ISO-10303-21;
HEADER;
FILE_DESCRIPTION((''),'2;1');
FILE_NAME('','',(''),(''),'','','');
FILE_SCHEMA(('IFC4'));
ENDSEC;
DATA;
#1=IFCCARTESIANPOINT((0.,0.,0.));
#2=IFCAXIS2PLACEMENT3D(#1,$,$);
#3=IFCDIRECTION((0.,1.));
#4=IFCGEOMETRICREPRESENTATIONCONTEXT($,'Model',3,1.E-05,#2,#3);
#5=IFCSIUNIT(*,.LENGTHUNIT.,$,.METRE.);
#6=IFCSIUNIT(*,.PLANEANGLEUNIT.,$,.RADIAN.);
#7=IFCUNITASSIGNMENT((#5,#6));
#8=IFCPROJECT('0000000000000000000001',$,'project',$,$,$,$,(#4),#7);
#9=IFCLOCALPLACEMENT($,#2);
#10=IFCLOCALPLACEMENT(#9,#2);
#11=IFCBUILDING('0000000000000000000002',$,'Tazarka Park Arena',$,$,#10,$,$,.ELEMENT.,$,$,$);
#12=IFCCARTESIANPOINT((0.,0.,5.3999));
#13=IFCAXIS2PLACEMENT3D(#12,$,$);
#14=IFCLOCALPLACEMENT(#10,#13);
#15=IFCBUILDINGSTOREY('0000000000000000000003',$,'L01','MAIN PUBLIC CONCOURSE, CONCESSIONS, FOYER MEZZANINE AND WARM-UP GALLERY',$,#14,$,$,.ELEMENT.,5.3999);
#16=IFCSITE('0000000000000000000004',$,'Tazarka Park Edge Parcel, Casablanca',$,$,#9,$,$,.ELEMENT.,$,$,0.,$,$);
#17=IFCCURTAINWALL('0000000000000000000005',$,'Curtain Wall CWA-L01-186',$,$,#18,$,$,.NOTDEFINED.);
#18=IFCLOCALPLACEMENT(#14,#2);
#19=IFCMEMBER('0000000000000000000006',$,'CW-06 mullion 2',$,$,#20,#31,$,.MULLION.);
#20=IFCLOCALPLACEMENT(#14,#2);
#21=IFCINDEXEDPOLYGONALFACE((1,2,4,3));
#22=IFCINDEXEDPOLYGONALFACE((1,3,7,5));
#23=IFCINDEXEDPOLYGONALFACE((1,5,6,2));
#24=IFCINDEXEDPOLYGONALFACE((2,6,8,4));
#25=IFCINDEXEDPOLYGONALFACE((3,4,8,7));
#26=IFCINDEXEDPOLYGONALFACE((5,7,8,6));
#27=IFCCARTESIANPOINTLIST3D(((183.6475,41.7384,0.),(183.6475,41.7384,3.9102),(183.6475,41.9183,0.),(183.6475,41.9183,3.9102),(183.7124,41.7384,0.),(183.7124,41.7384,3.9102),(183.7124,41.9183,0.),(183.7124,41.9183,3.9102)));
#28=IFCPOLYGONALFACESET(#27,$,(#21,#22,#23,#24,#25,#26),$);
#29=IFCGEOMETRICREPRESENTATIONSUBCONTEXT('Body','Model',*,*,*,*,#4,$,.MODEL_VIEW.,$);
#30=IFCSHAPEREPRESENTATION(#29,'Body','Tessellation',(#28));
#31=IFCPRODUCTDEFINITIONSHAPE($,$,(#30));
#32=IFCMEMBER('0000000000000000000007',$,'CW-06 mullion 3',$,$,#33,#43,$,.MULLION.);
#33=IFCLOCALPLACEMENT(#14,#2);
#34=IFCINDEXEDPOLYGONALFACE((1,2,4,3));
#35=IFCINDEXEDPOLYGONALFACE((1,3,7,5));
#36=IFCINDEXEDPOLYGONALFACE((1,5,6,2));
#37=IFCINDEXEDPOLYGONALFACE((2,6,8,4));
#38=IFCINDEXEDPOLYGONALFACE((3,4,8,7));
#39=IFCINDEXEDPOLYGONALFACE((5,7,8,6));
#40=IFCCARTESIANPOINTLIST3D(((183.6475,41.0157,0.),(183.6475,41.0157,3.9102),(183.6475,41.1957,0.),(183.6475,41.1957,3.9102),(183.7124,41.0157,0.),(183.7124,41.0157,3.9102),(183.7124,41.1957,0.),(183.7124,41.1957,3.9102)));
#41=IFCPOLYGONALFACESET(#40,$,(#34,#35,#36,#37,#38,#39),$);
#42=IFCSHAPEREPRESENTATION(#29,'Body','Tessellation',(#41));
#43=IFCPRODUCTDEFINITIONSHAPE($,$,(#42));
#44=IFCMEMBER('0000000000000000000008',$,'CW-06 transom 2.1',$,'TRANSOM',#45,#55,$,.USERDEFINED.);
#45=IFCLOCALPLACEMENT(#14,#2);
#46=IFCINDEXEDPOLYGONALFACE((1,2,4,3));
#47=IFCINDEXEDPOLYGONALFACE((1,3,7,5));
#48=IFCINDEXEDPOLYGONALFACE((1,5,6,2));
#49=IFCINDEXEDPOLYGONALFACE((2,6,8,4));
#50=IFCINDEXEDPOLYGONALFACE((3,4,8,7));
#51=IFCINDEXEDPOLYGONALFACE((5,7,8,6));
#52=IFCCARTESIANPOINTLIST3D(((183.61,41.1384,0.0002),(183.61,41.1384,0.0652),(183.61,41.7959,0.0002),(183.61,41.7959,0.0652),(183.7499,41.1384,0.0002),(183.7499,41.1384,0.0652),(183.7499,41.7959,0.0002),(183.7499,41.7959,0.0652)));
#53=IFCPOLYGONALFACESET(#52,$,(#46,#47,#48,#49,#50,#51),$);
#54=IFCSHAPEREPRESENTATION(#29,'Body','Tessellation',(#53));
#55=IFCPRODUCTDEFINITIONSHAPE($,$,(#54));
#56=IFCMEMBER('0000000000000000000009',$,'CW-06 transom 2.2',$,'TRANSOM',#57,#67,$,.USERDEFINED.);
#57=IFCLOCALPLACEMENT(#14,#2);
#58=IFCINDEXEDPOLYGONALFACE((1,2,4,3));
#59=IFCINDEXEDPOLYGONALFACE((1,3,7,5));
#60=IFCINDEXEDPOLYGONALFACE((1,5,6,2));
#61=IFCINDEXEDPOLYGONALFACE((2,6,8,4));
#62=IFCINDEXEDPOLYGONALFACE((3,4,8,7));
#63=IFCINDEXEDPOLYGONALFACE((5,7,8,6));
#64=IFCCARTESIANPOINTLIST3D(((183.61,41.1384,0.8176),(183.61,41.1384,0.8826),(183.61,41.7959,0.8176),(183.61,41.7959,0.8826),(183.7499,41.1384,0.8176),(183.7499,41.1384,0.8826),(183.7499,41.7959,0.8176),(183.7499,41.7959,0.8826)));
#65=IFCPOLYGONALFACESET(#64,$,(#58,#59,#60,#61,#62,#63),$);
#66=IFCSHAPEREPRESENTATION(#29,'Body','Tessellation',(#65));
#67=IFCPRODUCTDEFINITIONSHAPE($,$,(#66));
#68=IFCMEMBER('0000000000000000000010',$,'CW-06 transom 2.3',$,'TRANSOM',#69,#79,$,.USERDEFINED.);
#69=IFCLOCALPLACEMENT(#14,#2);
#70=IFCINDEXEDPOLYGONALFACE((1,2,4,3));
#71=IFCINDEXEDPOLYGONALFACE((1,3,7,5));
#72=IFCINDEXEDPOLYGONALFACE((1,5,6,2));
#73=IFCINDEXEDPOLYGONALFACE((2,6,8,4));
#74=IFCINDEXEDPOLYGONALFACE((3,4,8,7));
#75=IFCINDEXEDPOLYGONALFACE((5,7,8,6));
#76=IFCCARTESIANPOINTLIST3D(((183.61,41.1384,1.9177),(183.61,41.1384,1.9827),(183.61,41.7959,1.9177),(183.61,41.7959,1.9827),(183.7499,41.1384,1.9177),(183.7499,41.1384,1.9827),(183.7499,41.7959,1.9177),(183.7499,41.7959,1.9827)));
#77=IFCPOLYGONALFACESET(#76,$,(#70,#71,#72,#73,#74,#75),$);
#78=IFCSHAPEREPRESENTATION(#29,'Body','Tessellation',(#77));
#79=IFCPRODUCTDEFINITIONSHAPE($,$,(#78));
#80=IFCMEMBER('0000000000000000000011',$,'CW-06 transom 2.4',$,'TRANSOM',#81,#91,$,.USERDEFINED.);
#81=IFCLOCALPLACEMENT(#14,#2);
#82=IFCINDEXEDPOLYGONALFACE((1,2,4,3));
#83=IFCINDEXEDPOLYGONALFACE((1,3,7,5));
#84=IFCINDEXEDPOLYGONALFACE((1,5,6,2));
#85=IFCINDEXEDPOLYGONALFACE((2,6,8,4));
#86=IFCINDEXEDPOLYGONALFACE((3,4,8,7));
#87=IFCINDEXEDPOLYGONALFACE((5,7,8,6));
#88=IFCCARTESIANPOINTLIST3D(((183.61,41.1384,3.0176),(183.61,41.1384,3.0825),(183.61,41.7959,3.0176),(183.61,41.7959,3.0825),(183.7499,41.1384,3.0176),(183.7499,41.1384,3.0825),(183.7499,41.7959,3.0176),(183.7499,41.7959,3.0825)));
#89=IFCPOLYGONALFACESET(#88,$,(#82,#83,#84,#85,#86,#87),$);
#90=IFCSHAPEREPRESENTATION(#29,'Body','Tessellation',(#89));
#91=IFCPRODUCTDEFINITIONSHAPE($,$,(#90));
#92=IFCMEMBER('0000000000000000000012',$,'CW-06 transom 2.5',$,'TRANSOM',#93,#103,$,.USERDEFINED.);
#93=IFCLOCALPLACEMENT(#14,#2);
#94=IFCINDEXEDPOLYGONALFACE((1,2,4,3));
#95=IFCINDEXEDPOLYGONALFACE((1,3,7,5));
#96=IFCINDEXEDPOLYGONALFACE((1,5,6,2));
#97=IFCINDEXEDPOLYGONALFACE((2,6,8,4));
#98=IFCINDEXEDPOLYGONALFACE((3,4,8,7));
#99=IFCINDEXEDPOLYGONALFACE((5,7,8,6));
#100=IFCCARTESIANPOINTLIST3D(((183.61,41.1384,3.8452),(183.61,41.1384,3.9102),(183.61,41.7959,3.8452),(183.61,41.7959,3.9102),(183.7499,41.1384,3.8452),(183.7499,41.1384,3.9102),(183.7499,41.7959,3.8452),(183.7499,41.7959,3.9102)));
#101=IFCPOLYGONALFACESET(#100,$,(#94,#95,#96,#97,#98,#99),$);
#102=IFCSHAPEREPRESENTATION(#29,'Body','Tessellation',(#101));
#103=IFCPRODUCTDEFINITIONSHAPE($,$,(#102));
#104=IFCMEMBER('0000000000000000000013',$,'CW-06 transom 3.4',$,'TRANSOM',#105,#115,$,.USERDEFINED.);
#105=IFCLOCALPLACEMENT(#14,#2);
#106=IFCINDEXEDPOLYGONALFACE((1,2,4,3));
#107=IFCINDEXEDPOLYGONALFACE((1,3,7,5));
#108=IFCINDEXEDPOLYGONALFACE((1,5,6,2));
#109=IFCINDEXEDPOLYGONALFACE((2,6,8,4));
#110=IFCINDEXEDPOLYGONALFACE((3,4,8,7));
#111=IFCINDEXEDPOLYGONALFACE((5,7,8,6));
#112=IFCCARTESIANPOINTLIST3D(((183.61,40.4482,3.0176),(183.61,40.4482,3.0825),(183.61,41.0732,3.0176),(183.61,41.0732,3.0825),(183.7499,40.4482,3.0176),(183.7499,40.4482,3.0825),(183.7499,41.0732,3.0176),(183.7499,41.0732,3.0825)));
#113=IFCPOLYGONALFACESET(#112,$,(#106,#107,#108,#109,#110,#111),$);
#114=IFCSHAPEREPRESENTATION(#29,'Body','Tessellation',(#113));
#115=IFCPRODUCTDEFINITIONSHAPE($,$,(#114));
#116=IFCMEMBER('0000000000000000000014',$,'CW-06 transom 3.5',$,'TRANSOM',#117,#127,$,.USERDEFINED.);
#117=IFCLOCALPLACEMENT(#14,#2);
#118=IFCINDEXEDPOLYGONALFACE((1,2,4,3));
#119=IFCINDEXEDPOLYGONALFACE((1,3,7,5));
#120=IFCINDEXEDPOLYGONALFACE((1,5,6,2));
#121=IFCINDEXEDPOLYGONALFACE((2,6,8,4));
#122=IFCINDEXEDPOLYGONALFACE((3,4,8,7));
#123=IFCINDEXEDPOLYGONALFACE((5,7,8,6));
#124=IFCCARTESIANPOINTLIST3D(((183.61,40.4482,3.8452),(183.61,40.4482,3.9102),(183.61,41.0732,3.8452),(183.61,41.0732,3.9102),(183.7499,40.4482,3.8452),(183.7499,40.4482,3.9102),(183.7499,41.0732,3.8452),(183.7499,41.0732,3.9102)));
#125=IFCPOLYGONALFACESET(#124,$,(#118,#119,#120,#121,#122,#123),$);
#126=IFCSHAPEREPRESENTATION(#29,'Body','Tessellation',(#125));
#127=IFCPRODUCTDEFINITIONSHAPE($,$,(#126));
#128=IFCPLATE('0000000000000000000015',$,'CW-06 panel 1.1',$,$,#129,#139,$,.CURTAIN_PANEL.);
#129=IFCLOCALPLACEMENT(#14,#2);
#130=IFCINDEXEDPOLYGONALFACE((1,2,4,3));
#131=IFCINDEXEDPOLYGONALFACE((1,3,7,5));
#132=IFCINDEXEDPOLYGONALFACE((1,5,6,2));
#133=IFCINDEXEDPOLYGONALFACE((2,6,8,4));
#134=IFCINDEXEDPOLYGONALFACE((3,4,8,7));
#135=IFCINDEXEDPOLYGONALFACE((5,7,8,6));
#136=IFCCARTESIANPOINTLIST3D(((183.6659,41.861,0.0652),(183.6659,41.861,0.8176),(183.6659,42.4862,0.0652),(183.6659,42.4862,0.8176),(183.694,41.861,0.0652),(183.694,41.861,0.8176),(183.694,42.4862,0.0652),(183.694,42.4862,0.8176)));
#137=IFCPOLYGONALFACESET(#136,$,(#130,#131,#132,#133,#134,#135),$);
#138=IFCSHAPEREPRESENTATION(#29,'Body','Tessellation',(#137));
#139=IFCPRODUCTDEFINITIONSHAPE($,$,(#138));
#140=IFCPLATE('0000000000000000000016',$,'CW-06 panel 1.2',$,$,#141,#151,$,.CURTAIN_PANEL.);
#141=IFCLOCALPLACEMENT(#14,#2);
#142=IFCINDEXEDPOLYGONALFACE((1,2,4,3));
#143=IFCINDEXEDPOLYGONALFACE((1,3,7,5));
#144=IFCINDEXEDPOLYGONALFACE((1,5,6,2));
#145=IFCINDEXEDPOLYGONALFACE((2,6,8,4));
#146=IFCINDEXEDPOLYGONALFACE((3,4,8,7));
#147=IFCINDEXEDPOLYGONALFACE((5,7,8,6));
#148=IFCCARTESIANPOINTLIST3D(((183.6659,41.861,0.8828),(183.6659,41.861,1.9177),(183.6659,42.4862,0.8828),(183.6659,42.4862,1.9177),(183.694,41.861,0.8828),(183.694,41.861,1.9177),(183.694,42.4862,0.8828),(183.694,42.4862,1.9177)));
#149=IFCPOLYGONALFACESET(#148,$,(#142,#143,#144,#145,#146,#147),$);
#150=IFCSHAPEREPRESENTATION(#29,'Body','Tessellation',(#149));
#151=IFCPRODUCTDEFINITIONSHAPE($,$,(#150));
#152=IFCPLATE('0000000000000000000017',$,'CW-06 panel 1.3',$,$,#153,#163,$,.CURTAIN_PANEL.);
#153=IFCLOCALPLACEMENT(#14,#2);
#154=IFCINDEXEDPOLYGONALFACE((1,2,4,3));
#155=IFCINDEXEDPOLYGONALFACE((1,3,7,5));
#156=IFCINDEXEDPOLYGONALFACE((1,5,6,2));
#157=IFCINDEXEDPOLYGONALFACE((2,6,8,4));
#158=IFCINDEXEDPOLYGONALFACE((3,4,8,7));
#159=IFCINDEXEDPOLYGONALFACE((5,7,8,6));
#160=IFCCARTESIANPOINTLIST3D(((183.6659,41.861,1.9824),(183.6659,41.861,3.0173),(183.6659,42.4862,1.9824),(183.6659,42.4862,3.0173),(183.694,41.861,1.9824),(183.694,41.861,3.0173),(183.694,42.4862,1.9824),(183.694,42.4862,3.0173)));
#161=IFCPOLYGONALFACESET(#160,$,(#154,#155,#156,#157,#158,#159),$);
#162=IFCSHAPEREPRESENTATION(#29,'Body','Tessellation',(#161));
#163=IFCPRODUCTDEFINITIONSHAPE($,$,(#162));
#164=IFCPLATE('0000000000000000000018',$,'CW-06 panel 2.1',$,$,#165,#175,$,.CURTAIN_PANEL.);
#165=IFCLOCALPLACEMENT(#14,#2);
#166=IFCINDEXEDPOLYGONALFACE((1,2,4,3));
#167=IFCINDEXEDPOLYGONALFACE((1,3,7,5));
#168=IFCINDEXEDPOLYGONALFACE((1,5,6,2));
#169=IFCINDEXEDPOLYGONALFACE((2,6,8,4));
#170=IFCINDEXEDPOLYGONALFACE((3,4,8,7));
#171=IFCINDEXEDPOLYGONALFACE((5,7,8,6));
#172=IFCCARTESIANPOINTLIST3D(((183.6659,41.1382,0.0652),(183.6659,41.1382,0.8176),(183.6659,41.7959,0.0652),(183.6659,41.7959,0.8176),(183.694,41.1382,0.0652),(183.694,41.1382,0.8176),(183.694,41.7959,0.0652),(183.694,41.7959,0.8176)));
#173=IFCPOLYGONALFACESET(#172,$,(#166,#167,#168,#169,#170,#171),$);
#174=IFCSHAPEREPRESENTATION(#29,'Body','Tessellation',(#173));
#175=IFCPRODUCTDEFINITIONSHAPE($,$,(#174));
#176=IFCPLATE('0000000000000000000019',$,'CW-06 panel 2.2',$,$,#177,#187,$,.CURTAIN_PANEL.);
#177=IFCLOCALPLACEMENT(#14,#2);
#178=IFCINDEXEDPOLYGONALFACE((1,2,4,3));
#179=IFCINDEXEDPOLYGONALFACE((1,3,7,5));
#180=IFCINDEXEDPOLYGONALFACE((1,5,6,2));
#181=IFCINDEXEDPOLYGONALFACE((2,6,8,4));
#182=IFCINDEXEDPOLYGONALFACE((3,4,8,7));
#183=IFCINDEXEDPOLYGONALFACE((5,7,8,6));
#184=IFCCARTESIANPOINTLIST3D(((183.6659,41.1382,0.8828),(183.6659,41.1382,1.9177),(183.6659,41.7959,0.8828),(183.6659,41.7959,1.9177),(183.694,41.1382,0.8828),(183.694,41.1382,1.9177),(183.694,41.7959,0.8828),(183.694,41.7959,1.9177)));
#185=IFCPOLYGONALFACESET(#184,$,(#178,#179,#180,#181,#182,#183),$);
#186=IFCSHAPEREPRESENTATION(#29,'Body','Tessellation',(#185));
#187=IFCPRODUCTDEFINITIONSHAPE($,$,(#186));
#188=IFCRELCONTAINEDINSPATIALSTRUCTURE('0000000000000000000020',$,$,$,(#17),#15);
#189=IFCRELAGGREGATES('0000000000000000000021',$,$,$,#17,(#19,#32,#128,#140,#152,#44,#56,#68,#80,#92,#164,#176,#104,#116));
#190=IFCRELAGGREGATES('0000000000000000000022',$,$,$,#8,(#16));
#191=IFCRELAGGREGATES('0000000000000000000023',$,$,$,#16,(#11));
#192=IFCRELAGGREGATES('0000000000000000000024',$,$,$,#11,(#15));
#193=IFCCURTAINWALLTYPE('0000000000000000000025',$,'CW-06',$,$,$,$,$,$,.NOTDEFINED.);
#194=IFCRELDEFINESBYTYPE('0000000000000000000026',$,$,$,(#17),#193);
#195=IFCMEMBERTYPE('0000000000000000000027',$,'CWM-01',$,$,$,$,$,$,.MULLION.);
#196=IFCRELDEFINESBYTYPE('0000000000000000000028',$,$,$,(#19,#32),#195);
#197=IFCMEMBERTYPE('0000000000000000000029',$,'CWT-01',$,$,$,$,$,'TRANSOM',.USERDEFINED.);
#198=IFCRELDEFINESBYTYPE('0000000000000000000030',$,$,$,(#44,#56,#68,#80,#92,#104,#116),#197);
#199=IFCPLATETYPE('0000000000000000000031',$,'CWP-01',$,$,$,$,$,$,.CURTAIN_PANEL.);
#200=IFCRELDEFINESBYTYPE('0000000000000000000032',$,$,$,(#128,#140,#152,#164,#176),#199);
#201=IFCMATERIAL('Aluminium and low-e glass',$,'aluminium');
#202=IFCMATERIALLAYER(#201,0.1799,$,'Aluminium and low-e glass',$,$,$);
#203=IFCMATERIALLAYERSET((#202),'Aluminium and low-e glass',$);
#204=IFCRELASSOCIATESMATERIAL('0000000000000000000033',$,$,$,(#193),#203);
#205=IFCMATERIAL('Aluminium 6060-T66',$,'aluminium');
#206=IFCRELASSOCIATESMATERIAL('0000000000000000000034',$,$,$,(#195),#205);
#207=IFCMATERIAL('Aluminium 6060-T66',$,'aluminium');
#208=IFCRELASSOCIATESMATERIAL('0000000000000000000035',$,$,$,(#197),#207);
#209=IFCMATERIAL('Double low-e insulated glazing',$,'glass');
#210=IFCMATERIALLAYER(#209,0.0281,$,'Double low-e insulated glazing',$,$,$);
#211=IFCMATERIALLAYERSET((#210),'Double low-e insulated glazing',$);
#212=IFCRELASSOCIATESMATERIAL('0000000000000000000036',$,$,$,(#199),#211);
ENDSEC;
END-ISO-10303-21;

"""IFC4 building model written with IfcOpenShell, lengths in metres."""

from ifc_helpers import new_model, si_unit, direction, frame, origin, origin_2d, place, context, subcontext, project, spatial, rectangle, extrude, material, layer, layer_set, material_profile, profile_set, type_object, element, aggregate, save


model = new_model("IFC4")

# Units and contexts
model_context = context("Model", 3, precision=1e-05, world=origin(), true_north=direction((0.0, 1.0)))
body_context = subcontext(model_context, "Body", "Model", "MODEL_VIEW")
ifc_project = project(units=[si_unit("LENGTHUNIT", "METRE"), si_unit("PLANEANGLEUNIT", "RADIAN")], contexts=[model_context])

# Site, building, storey
site_placement = place(None, origin())
site = spatial("IfcSite", under=ifc_project, at=site_placement, Name="Tazarka Park Edge Parcel, Casablanca", CompositionType="ELEMENT", RefElevation=0.0)
building_placement = place(site_placement, origin())
building = spatial("IfcBuilding", under=site, at=building_placement, Name="Tazarka Park Arena", CompositionType="ELEMENT")
storey_placement = place(building_placement, frame((0.0, 0.0, 5.3999)))
storey = spatial("IfcBuildingStorey", under=building, at=storey_placement, Name="L01", Description="MAIN PUBLIC CONCOURSE, CONCESSIONS, FOYER MEZZANINE AND WARM-UP GALLERY", CompositionType="ELEMENT", Elevation=5.3999)

# Curtain wall, members, plates
ifc_material_1 = material(Name="Aluminium and low-e glass", Category="aluminium")
ifc_layer_1 = layer(ifc_material_1, 0.1799, Name="Aluminium and low-e glass")
ifc_layer_set_1 = layer_set([ifc_layer_1], Name="Aluminium and low-e glass")
curtain_wall_type = type_object("IfcCurtainWallType", Name="CW-06", PredefinedType="NOTDEFINED", material=ifc_layer_set_1)
curtain_wall_placement = place(storey_placement, origin())
curtain_wall = element("IfcCurtainWall", 1, at=curtain_wall_placement, inside=storey, type_object=curtain_wall_type, Name="Curtain Wall CWA-L01-186", PredefinedType="NOTDEFINED")
ifc_material_2 = material(Name="Aluminium 6060-T66", Category="aluminium")
ifc_material_profile_1 = material_profile(ifc_material_2, rectangle(XDim=0.0649, YDim=0.1799, at=origin_2d()), Name="Aluminium 6060-T66")
ifc_profile_set_1 = profile_set([ifc_material_profile_1], Name="Aluminium 6060-T66")
member_type_1 = type_object("IfcMemberType", Name="CWM-01", PredefinedType="MULLION", material=ifc_profile_set_1)
member_1_placement = place(storey_placement, frame((183.6799, 41.8284, 0.0), z_axis=(0.0, 0.0, 1.0), x_axis=(1.0, 0.0, 0.0)))
member_1 = element("IfcMember", 2, at=member_1_placement, type_object=member_type_1, Name="CW-06 mullion 2", PredefinedType="MULLION", context=body_context, shape_type="SweptSolid", body=[
    extrude(rectangle(XDim=0.0649, YDim=0.1799, at=origin_2d()), origin(), (0.0, 0.0, 1.0), 3.9102),
])
member_2_placement = place(storey_placement, frame((183.6799, 41.1057, 0.0), z_axis=(0.0, 0.0, 1.0), x_axis=(1.0, 0.0, 0.0)))
member_2 = element("IfcMember", 3, at=member_2_placement, type_object=member_type_1, Name="CW-06 mullion 3", PredefinedType="MULLION", context=body_context, shape_type="SweptSolid", body=[
    extrude(rectangle(XDim=0.0649, YDim=0.1799, at=origin_2d()), origin(), (0.0, 0.0, 1.0), 3.9102),
])
ifc_material_3 = material(Name="Aluminium 6060-T66", Category="aluminium")
ifc_material_profile_2 = material_profile(ifc_material_3, rectangle(XDim=0.1399, YDim=0.0649, at=origin_2d()), Name="Aluminium 6060-T66")
ifc_profile_set_2 = profile_set([ifc_material_profile_2], Name="Aluminium 6060-T66")
member_type_2 = type_object("IfcMemberType", Name="CWT-01", ElementType="TRANSOM", PredefinedType="USERDEFINED", material=ifc_profile_set_2)
member_3_placement = place(storey_placement, frame((183.6799, 41.7959, 0.0327), z_axis=(0.0, -1.0, 0.0), x_axis=(1.0, 0.0, 0.0)))
member_3 = element("IfcMember", 4, at=member_3_placement, type_object=member_type_2, Name="CW-06 transom 2.1", ObjectType="TRANSOM", PredefinedType="USERDEFINED", context=body_context, shape_type="SweptSolid", body=[
    extrude(rectangle(XDim=0.1399, YDim=0.0649, at=origin_2d()), origin(), (0.0, 0.0, 1.0), 0.6575),
])
member_4_placement = place(storey_placement, frame((183.6799, 41.7959, 0.8501), z_axis=(0.0, -1.0, 0.0), x_axis=(1.0, 0.0, 0.0)))
member_4 = element("IfcMember", 5, at=member_4_placement, type_object=member_type_2, Name="CW-06 transom 2.2", ObjectType="TRANSOM", PredefinedType="USERDEFINED", context=body_context, shape_type="SweptSolid", body=[
    extrude(rectangle(XDim=0.1399, YDim=0.0649, at=origin_2d()), origin(), (0.0, 0.0, 1.0), 0.6575),
])
member_5_placement = place(storey_placement, frame((183.6799, 41.7959, 1.9502), z_axis=(0.0, -1.0, 0.0), x_axis=(1.0, 0.0, 0.0)))
member_5 = element("IfcMember", 6, at=member_5_placement, type_object=member_type_2, Name="CW-06 transom 2.3", ObjectType="TRANSOM", PredefinedType="USERDEFINED", context=body_context, shape_type="SweptSolid", body=[
    extrude(rectangle(XDim=0.1399, YDim=0.0649, at=origin_2d()), origin(), (0.0, 0.0, 1.0), 0.6575),
])
member_6_placement = place(storey_placement, frame((183.6799, 41.7959, 3.05), z_axis=(0.0, -1.0, 0.0), x_axis=(1.0, 0.0, 0.0)))
member_6 = element("IfcMember", 7, at=member_6_placement, type_object=member_type_2, Name="CW-06 transom 2.4", ObjectType="TRANSOM", PredefinedType="USERDEFINED", context=body_context, shape_type="SweptSolid", body=[
    extrude(rectangle(XDim=0.1399, YDim=0.0649, at=origin_2d()), origin(), (0.0, 0.0, 1.0), 0.6575),
])
member_7_placement = place(storey_placement, frame((183.6799, 41.7959, 3.8777), z_axis=(0.0, -1.0, 0.0), x_axis=(1.0, 0.0, 0.0)))
member_7 = element("IfcMember", 8, at=member_7_placement, type_object=member_type_2, Name="CW-06 transom 2.5", ObjectType="TRANSOM", PredefinedType="USERDEFINED", context=body_context, shape_type="SweptSolid", body=[
    extrude(rectangle(XDim=0.1399, YDim=0.0649, at=origin_2d()), origin(), (0.0, 0.0, 1.0), 0.6575),
])
member_8_placement = place(storey_placement, frame((183.6799, 41.0732, 3.05), z_axis=(0.0, -1.0, 0.0), x_axis=(1.0, 0.0, 0.0)))
member_8 = element("IfcMember", 9, at=member_8_placement, type_object=member_type_2, Name="CW-06 transom 3.4", ObjectType="TRANSOM", PredefinedType="USERDEFINED", context=body_context, shape_type="SweptSolid", body=[
    extrude(rectangle(XDim=0.1399, YDim=0.0649, at=origin_2d()), origin(), (0.0, 0.0, 1.0), 0.625),
])
member_9_placement = place(storey_placement, frame((183.6799, 41.0732, 3.8777), z_axis=(0.0, -1.0, 0.0), x_axis=(1.0, 0.0, 0.0)))
member_9 = element("IfcMember", 10, at=member_9_placement, type_object=member_type_2, Name="CW-06 transom 3.5", ObjectType="TRANSOM", PredefinedType="USERDEFINED", context=body_context, shape_type="SweptSolid", body=[
    extrude(rectangle(XDim=0.1399, YDim=0.0649, at=origin_2d()), origin(), (0.0, 0.0, 1.0), 0.625),
])
ifc_material_4 = material(Name="Double low-e insulated glazing", Category="glass")
ifc_layer_2 = layer(ifc_material_4, 0.0281, Name="Double low-e insulated glazing")
ifc_layer_set_2 = layer_set([ifc_layer_2], Name="Double low-e insulated glazing")
plate_type = type_object("IfcPlateType", Name="CWP-01", PredefinedType="CURTAIN_PANEL", material=ifc_layer_set_2)
plate_1_placement = place(storey_placement, frame((183.6799, 42.1736, 0.0652), z_axis=(0.0, 0.0, 1.0), x_axis=(0.0, -1.0, 0.0)))
plate_1 = element("IfcPlate", 11, at=plate_1_placement, type_object=plate_type, Name="CW-06 panel 1.1", PredefinedType="CURTAIN_PANEL", context=body_context, shape_type="SweptSolid", body=[
    extrude(rectangle(XDim=0.6252, YDim=0.0281, at=origin_2d()), origin(), (0.0, 0.0, 1.0), 0.7524),
])
plate_2_placement = place(storey_placement, frame((183.6799, 42.1736, 0.8828), z_axis=(0.0, 0.0, 1.0), x_axis=(0.0, -1.0, 0.0)))
plate_2 = element("IfcPlate", 12, at=plate_2_placement, type_object=plate_type, Name="CW-06 panel 1.2", PredefinedType="CURTAIN_PANEL", context=body_context, shape_type="SweptSolid", body=[
    extrude(rectangle(XDim=0.6252, YDim=0.0281, at=origin_2d()), origin(), (0.0, 0.0, 1.0), 1.0349),
])
plate_3_placement = place(storey_placement, frame((183.6799, 42.1736, 1.9824), z_axis=(0.0, 0.0, 1.0), x_axis=(0.0, -1.0, 0.0)))
plate_3 = element("IfcPlate", 13, at=plate_3_placement, type_object=plate_type, Name="CW-06 panel 1.3", PredefinedType="CURTAIN_PANEL", context=body_context, shape_type="SweptSolid", body=[
    extrude(rectangle(XDim=0.6252, YDim=0.0281, at=origin_2d()), origin(), (0.0, 0.0, 1.0), 1.0349),
])
plate_4_placement = place(storey_placement, frame((183.6799, 41.467, 0.0652), z_axis=(0.0, 0.0, 1.0), x_axis=(0.0, -1.0, 0.0)))
plate_4 = element("IfcPlate", 14, at=plate_4_placement, type_object=plate_type, Name="CW-06 panel 2.1", PredefinedType="CURTAIN_PANEL", context=body_context, shape_type="SweptSolid", body=[
    extrude(rectangle(XDim=0.6577, YDim=0.0281, at=origin_2d()), origin(), (0.0, 0.0, 1.0), 0.7524),
])
plate_5_placement = place(storey_placement, frame((183.6799, 41.467, 0.8828), z_axis=(0.0, 0.0, 1.0), x_axis=(0.0, -1.0, 0.0)))
plate_5 = element("IfcPlate", 15, at=plate_5_placement, type_object=plate_type, Name="CW-06 panel 2.2", PredefinedType="CURTAIN_PANEL", context=body_context, shape_type="SweptSolid", body=[
    extrude(rectangle(XDim=0.6577, YDim=0.0281, at=origin_2d()), origin(), (0.0, 0.0, 1.0), 1.0349),
])
aggregate(curtain_wall, [member_1, member_2, plate_1, plate_2, plate_3, member_3, member_4, member_5, member_6, member_7, plate_4, plate_5, member_8, member_9])

save(model, "model.ifc")
